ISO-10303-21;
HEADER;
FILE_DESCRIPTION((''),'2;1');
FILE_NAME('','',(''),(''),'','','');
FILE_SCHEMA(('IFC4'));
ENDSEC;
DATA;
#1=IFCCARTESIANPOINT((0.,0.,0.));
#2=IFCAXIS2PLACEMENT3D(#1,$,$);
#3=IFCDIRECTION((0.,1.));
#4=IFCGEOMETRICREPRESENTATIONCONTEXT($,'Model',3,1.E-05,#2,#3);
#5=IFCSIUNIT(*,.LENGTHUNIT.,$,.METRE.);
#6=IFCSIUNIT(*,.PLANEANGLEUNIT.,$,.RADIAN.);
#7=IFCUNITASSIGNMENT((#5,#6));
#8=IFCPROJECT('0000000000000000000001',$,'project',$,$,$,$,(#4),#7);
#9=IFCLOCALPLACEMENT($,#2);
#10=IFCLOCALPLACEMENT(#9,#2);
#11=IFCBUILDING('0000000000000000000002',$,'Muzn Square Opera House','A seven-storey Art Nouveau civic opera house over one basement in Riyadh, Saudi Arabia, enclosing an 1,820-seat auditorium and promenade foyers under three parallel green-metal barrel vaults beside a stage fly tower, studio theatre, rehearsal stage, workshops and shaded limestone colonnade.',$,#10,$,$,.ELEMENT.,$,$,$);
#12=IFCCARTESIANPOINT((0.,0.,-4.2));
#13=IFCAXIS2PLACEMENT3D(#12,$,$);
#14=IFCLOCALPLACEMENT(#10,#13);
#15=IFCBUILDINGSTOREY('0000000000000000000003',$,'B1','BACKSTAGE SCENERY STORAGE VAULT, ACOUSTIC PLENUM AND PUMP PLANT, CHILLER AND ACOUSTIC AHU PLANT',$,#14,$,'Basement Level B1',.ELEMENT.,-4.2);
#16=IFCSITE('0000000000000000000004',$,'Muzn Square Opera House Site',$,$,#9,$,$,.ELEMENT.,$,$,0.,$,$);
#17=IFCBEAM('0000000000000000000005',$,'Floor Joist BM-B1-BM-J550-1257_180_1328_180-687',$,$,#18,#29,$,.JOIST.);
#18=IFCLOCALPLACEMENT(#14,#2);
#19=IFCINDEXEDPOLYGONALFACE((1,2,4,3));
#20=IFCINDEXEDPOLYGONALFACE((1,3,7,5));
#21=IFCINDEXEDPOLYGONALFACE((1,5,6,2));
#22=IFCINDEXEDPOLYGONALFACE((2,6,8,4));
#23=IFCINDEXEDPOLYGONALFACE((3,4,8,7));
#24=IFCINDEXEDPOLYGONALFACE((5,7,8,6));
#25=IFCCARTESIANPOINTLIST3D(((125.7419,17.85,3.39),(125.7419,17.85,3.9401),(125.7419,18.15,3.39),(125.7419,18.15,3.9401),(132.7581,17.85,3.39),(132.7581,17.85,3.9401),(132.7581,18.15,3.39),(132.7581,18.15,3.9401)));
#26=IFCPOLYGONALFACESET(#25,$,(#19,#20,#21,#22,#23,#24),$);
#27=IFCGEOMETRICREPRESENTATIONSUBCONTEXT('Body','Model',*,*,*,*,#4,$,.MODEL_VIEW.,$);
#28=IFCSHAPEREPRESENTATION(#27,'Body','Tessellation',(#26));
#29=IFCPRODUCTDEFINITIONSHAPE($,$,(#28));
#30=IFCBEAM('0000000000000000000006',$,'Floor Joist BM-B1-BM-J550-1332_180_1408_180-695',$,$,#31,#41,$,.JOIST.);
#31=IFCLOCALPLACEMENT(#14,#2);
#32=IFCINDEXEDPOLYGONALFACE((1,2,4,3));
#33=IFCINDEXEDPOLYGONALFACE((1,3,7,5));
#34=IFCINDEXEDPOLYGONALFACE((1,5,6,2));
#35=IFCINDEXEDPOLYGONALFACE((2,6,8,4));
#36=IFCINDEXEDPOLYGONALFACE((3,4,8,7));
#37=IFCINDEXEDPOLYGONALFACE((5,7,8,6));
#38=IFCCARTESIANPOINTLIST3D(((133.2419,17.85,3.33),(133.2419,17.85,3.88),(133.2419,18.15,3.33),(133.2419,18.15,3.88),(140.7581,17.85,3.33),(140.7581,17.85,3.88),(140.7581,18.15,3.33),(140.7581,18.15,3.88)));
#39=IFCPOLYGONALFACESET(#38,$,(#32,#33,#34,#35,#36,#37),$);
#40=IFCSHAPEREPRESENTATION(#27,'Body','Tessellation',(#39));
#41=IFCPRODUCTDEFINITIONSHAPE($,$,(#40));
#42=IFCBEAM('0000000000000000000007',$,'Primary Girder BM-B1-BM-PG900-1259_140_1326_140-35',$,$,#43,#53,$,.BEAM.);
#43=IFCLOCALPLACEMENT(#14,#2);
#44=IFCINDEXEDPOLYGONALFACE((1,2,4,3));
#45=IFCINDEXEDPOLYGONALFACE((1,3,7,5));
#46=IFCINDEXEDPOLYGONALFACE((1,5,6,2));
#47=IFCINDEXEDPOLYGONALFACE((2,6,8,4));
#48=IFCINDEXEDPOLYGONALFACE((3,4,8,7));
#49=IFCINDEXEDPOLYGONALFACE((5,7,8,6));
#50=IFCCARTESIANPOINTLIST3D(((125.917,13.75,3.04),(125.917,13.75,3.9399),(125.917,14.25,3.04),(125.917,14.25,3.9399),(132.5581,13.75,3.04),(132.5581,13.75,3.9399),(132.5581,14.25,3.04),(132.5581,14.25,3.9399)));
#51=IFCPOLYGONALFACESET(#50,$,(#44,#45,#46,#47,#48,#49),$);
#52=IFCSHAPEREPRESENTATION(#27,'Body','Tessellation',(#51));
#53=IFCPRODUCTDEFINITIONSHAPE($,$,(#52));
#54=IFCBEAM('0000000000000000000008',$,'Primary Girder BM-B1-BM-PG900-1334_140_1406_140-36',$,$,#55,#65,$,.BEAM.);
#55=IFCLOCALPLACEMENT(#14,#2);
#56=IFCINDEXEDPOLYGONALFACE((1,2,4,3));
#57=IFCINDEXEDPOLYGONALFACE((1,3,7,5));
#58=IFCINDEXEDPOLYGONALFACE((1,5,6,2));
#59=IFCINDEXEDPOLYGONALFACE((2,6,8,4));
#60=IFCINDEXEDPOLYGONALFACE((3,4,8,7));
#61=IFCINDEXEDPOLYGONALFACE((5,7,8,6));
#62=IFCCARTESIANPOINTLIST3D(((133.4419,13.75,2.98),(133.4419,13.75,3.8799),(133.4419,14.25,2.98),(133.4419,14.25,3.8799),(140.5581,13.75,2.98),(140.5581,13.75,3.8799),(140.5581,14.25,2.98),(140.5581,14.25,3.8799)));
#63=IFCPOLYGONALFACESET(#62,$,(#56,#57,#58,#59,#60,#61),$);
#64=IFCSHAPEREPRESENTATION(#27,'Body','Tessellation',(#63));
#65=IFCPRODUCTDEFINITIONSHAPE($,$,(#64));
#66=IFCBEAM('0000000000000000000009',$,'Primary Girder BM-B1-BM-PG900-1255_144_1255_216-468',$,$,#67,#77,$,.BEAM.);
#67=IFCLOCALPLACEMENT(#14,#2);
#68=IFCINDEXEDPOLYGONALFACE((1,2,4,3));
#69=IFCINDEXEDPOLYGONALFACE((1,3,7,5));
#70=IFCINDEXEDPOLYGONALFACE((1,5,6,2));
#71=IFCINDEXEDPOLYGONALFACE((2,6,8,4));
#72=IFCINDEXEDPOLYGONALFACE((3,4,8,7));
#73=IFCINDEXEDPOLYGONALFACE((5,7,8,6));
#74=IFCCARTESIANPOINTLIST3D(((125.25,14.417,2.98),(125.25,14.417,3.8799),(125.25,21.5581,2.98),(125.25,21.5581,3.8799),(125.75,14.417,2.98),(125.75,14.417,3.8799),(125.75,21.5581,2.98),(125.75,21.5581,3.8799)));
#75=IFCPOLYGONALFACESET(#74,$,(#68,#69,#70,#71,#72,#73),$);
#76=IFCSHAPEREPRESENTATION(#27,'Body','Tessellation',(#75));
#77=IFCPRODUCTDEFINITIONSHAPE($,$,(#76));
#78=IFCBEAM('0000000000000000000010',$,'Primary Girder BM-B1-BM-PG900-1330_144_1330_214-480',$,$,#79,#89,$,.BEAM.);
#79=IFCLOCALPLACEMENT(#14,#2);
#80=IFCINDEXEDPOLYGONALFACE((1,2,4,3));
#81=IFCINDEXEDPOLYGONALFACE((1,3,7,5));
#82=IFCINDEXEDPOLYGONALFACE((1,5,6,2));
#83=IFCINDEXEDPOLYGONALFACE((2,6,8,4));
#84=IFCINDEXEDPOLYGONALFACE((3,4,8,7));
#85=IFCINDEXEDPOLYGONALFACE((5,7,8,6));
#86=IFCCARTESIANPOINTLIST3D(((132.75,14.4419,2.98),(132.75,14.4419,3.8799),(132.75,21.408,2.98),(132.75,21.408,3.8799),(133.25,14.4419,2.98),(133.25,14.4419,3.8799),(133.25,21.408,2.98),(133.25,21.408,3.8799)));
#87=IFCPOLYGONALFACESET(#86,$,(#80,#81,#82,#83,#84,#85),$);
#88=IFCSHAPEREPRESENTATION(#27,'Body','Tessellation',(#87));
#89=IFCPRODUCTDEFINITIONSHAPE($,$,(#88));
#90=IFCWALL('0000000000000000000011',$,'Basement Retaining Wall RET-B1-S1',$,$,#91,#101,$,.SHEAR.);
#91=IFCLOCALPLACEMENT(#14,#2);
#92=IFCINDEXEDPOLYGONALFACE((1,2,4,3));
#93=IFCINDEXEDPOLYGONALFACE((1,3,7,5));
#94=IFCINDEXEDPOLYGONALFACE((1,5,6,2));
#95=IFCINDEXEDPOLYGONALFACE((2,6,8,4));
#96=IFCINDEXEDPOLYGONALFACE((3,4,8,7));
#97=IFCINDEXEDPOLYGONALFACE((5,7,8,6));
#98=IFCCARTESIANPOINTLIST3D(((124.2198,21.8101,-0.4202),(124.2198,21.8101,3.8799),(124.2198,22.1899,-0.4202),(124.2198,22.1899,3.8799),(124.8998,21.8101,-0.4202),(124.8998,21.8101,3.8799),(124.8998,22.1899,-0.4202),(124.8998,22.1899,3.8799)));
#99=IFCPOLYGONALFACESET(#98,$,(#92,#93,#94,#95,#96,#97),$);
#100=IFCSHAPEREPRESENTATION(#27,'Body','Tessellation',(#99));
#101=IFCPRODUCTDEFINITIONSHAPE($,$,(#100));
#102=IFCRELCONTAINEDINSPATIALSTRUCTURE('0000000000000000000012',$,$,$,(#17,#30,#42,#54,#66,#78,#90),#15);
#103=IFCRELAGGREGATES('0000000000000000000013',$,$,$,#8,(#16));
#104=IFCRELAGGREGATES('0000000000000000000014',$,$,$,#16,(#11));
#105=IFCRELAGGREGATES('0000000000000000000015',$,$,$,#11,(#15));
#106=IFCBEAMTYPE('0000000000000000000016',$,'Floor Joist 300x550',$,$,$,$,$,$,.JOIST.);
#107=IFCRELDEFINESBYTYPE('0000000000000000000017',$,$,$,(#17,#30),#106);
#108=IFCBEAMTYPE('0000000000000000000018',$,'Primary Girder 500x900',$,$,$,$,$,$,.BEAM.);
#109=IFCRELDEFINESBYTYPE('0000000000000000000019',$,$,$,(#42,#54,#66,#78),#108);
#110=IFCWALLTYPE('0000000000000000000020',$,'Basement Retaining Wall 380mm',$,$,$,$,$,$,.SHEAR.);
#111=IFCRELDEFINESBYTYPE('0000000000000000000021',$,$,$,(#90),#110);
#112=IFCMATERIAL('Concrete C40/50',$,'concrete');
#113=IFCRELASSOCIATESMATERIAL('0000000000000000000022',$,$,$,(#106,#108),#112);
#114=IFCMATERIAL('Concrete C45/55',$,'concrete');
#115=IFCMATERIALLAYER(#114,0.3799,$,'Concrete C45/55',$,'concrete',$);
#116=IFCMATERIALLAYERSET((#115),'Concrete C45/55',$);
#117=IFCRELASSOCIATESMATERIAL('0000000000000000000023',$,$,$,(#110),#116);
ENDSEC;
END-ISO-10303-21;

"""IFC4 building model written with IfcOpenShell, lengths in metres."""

from ifc_helpers import new_model, si_unit, direction, frame, frame_2d, origin, origin_2d, place, context, subcontext, project, spatial, rectangle, extrude, material, layer, layer_set, material_profile, profile_set, type_object, element, save


model = new_model("IFC4")

# Units and contexts
model_context = context("Model", 3, precision=1e-05, world=origin(), true_north=direction((0.0, 1.0)))
body_context = subcontext(model_context, "Body", "Model", "MODEL_VIEW")
ifc_project = project(units=[si_unit("LENGTHUNIT", "METRE"), si_unit("PLANEANGLEUNIT", "RADIAN")], contexts=[model_context])

# Site, building, storey
site_placement = place(None, origin())
site = spatial("IfcSite", under=ifc_project, at=site_placement, Name="Muzn Square Opera House Site", CompositionType="ELEMENT", RefElevation=0.0)
building_placement = place(site_placement, origin())
building = spatial("IfcBuilding", under=site, at=building_placement, Name="Muzn Square Opera House", Description="A seven-storey Art Nouveau civic opera house over one basement in Riyadh, Saudi Arabia, enclosing an 1,820-seat auditorium and promenade foyers under three parallel green-metal barrel vaults beside a stage fly tower, studio theatre, rehearsal stage, workshops and shaded limestone colonnade.", CompositionType="ELEMENT")
storey_placement = place(building_placement, frame((0.0, 0.0, -4.2)))
storey = spatial("IfcBuildingStorey", under=building, at=storey_placement, Name="B1", Description="BACKSTAGE SCENERY STORAGE VAULT, ACOUSTIC PLENUM AND PUMP PLANT, CHILLER AND ACOUSTIC AHU PLANT", LongName="Basement Level B1", CompositionType="ELEMENT", Elevation=-4.2)

# Shared definitions
ifc_material_1 = material(Name="Concrete C40/50", Category="concrete")

# Shared definitions
ifc_material_2 = material(Name="Concrete C45/55", Category="concrete")

# Beams
ifc_material_profile_1 = material_profile(ifc_material_1, rectangle(XDim=0.3, YDim=0.55, at=origin_2d()), Name="RCJ 300x550", Category="concrete")
ifc_profile_set_1 = profile_set([ifc_material_profile_1], Name="Concrete C40/50")
beam_type_1 = type_object("IfcBeamType", Name="Floor Joist 300x550", PredefinedType="JOIST", material=ifc_profile_set_1)
beam_1_placement = place(storey_placement, frame((125.7419, 18.0, 3.665), z_axis=(1.0, 0.0, 0.0), x_axis=(0.0, 1.0, 0.0)))
element("IfcBeam", 1, at=beam_1_placement, inside=storey, type_object=beam_type_1, Name="Floor Joist BM-B1-BM-J550-1257_180_1328_180-687", PredefinedType="JOIST", context=body_context, shape_type="SweptSolid", body=[
    extrude(rectangle(XDim=0.3, YDim=0.55, at=origin_2d()), origin(), (0.0, 0.0, 1.0), 7.0161),
])
beam_2_placement = place(storey_placement, frame((133.2419, 18.0, 3.605), z_axis=(1.0, 0.0, 0.0), x_axis=(0.0, 1.0, 0.0)))
element("IfcBeam", 2, at=beam_2_placement, inside=storey, type_object=beam_type_1, Name="Floor Joist BM-B1-BM-J550-1332_180_1408_180-695", PredefinedType="JOIST", context=body_context, shape_type="SweptSolid", body=[
    extrude(rectangle(XDim=0.3, YDim=0.55, at=origin_2d()), origin(), (0.0, 0.0, 1.0), 7.5161),
])
ifc_material_profile_2 = material_profile(ifc_material_1, rectangle(XDim=0.5, YDim=0.8999, at=origin_2d()), Name="RCB 500x900", Category="concrete")
ifc_profile_set_2 = profile_set([ifc_material_profile_2], Name="Concrete C40/50")
beam_type_2 = type_object("IfcBeamType", Name="Primary Girder 500x900", PredefinedType="BEAM", material=ifc_profile_set_2)
beam_3_placement = place(storey_placement, frame((125.917, 14.0, 3.49), z_axis=(1.0, 0.0, 0.0), x_axis=(0.0, 1.0, 0.0)))
element("IfcBeam", 3, at=beam_3_placement, inside=storey, type_object=beam_type_2, Name="Primary Girder BM-B1-BM-PG900-1259_140_1326_140-35", PredefinedType="BEAM", context=body_context, shape_type="SweptSolid", body=[
    extrude(rectangle(XDim=0.5, YDim=0.8999, at=origin_2d()), origin(), (0.0, 0.0, 1.0), 6.6411),
])
beam_4_placement = place(storey_placement, frame((133.4419, 14.0, 3.4299), z_axis=(1.0, 0.0, 0.0), x_axis=(0.0, 1.0, 0.0)))
element("IfcBeam", 4, at=beam_4_placement, inside=storey, type_object=beam_type_2, Name="Primary Girder BM-B1-BM-PG900-1334_140_1406_140-36", PredefinedType="BEAM", context=body_context, shape_type="SweptSolid", body=[
    extrude(rectangle(XDim=0.5, YDim=0.8999, at=origin_2d()), origin(), (0.0, 0.0, 1.0), 7.1162),
])
beam_5_placement = place(storey_placement, frame((125.5, 14.417, 3.4299), z_axis=(0.0, 1.0, 0.0), x_axis=(-1.0, 0.0, 0.0)))
element("IfcBeam", 5, at=beam_5_placement, inside=storey, type_object=beam_type_2, Name="Primary Girder BM-B1-BM-PG900-1255_144_1255_216-468", PredefinedType="BEAM", context=body_context, shape_type="SweptSolid", body=[
    extrude(rectangle(XDim=0.5, YDim=0.8999, at=origin_2d()), origin(), (0.0, 0.0, 1.0), 7.1411),
])
beam_6_placement = place(storey_placement, frame((133.0, 14.4419, 3.4299), z_axis=(0.0, 1.0, 0.0), x_axis=(-1.0, 0.0, 0.0)))
element("IfcBeam", 6, at=beam_6_placement, inside=storey, type_object=beam_type_2, Name="Primary Girder BM-B1-BM-PG900-1330_144_1330_214-480", PredefinedType="BEAM", context=body_context, shape_type="SweptSolid", body=[
    extrude(rectangle(XDim=0.5, YDim=0.8999, at=origin_2d()), origin(), (0.0, 0.0, 1.0), 6.9661),
])

# Wall
ifc_layer = layer(ifc_material_2, 0.3799, Name="Concrete C45/55", Category="concrete")
ifc_layer_set = layer_set([ifc_layer], Name="Concrete C45/55")
wall_type = type_object("IfcWallType", Name="Basement Retaining Wall 380mm", PredefinedType="SHEAR", material=ifc_layer_set)
wall_placement = place(storey_placement, frame((124.22, 22.0, -0.4202), z_axis=(0.0, 0.0, 1.0), x_axis=(1.0, 0.0, 0.0)))
element("IfcWall", 7, at=wall_placement, inside=storey, type_object=wall_type, Name="Basement Retaining Wall RET-B1-S1", PredefinedType="SHEAR", context=body_context, shape_type="SweptSolid", body=[
    extrude(rectangle(XDim=0.6799, YDim=0.3799, at=frame_2d((0.3398, 0.0))), origin(), (0.0, 0.0, 1.0), 4.3),
])

save(model, "model.ifc")
